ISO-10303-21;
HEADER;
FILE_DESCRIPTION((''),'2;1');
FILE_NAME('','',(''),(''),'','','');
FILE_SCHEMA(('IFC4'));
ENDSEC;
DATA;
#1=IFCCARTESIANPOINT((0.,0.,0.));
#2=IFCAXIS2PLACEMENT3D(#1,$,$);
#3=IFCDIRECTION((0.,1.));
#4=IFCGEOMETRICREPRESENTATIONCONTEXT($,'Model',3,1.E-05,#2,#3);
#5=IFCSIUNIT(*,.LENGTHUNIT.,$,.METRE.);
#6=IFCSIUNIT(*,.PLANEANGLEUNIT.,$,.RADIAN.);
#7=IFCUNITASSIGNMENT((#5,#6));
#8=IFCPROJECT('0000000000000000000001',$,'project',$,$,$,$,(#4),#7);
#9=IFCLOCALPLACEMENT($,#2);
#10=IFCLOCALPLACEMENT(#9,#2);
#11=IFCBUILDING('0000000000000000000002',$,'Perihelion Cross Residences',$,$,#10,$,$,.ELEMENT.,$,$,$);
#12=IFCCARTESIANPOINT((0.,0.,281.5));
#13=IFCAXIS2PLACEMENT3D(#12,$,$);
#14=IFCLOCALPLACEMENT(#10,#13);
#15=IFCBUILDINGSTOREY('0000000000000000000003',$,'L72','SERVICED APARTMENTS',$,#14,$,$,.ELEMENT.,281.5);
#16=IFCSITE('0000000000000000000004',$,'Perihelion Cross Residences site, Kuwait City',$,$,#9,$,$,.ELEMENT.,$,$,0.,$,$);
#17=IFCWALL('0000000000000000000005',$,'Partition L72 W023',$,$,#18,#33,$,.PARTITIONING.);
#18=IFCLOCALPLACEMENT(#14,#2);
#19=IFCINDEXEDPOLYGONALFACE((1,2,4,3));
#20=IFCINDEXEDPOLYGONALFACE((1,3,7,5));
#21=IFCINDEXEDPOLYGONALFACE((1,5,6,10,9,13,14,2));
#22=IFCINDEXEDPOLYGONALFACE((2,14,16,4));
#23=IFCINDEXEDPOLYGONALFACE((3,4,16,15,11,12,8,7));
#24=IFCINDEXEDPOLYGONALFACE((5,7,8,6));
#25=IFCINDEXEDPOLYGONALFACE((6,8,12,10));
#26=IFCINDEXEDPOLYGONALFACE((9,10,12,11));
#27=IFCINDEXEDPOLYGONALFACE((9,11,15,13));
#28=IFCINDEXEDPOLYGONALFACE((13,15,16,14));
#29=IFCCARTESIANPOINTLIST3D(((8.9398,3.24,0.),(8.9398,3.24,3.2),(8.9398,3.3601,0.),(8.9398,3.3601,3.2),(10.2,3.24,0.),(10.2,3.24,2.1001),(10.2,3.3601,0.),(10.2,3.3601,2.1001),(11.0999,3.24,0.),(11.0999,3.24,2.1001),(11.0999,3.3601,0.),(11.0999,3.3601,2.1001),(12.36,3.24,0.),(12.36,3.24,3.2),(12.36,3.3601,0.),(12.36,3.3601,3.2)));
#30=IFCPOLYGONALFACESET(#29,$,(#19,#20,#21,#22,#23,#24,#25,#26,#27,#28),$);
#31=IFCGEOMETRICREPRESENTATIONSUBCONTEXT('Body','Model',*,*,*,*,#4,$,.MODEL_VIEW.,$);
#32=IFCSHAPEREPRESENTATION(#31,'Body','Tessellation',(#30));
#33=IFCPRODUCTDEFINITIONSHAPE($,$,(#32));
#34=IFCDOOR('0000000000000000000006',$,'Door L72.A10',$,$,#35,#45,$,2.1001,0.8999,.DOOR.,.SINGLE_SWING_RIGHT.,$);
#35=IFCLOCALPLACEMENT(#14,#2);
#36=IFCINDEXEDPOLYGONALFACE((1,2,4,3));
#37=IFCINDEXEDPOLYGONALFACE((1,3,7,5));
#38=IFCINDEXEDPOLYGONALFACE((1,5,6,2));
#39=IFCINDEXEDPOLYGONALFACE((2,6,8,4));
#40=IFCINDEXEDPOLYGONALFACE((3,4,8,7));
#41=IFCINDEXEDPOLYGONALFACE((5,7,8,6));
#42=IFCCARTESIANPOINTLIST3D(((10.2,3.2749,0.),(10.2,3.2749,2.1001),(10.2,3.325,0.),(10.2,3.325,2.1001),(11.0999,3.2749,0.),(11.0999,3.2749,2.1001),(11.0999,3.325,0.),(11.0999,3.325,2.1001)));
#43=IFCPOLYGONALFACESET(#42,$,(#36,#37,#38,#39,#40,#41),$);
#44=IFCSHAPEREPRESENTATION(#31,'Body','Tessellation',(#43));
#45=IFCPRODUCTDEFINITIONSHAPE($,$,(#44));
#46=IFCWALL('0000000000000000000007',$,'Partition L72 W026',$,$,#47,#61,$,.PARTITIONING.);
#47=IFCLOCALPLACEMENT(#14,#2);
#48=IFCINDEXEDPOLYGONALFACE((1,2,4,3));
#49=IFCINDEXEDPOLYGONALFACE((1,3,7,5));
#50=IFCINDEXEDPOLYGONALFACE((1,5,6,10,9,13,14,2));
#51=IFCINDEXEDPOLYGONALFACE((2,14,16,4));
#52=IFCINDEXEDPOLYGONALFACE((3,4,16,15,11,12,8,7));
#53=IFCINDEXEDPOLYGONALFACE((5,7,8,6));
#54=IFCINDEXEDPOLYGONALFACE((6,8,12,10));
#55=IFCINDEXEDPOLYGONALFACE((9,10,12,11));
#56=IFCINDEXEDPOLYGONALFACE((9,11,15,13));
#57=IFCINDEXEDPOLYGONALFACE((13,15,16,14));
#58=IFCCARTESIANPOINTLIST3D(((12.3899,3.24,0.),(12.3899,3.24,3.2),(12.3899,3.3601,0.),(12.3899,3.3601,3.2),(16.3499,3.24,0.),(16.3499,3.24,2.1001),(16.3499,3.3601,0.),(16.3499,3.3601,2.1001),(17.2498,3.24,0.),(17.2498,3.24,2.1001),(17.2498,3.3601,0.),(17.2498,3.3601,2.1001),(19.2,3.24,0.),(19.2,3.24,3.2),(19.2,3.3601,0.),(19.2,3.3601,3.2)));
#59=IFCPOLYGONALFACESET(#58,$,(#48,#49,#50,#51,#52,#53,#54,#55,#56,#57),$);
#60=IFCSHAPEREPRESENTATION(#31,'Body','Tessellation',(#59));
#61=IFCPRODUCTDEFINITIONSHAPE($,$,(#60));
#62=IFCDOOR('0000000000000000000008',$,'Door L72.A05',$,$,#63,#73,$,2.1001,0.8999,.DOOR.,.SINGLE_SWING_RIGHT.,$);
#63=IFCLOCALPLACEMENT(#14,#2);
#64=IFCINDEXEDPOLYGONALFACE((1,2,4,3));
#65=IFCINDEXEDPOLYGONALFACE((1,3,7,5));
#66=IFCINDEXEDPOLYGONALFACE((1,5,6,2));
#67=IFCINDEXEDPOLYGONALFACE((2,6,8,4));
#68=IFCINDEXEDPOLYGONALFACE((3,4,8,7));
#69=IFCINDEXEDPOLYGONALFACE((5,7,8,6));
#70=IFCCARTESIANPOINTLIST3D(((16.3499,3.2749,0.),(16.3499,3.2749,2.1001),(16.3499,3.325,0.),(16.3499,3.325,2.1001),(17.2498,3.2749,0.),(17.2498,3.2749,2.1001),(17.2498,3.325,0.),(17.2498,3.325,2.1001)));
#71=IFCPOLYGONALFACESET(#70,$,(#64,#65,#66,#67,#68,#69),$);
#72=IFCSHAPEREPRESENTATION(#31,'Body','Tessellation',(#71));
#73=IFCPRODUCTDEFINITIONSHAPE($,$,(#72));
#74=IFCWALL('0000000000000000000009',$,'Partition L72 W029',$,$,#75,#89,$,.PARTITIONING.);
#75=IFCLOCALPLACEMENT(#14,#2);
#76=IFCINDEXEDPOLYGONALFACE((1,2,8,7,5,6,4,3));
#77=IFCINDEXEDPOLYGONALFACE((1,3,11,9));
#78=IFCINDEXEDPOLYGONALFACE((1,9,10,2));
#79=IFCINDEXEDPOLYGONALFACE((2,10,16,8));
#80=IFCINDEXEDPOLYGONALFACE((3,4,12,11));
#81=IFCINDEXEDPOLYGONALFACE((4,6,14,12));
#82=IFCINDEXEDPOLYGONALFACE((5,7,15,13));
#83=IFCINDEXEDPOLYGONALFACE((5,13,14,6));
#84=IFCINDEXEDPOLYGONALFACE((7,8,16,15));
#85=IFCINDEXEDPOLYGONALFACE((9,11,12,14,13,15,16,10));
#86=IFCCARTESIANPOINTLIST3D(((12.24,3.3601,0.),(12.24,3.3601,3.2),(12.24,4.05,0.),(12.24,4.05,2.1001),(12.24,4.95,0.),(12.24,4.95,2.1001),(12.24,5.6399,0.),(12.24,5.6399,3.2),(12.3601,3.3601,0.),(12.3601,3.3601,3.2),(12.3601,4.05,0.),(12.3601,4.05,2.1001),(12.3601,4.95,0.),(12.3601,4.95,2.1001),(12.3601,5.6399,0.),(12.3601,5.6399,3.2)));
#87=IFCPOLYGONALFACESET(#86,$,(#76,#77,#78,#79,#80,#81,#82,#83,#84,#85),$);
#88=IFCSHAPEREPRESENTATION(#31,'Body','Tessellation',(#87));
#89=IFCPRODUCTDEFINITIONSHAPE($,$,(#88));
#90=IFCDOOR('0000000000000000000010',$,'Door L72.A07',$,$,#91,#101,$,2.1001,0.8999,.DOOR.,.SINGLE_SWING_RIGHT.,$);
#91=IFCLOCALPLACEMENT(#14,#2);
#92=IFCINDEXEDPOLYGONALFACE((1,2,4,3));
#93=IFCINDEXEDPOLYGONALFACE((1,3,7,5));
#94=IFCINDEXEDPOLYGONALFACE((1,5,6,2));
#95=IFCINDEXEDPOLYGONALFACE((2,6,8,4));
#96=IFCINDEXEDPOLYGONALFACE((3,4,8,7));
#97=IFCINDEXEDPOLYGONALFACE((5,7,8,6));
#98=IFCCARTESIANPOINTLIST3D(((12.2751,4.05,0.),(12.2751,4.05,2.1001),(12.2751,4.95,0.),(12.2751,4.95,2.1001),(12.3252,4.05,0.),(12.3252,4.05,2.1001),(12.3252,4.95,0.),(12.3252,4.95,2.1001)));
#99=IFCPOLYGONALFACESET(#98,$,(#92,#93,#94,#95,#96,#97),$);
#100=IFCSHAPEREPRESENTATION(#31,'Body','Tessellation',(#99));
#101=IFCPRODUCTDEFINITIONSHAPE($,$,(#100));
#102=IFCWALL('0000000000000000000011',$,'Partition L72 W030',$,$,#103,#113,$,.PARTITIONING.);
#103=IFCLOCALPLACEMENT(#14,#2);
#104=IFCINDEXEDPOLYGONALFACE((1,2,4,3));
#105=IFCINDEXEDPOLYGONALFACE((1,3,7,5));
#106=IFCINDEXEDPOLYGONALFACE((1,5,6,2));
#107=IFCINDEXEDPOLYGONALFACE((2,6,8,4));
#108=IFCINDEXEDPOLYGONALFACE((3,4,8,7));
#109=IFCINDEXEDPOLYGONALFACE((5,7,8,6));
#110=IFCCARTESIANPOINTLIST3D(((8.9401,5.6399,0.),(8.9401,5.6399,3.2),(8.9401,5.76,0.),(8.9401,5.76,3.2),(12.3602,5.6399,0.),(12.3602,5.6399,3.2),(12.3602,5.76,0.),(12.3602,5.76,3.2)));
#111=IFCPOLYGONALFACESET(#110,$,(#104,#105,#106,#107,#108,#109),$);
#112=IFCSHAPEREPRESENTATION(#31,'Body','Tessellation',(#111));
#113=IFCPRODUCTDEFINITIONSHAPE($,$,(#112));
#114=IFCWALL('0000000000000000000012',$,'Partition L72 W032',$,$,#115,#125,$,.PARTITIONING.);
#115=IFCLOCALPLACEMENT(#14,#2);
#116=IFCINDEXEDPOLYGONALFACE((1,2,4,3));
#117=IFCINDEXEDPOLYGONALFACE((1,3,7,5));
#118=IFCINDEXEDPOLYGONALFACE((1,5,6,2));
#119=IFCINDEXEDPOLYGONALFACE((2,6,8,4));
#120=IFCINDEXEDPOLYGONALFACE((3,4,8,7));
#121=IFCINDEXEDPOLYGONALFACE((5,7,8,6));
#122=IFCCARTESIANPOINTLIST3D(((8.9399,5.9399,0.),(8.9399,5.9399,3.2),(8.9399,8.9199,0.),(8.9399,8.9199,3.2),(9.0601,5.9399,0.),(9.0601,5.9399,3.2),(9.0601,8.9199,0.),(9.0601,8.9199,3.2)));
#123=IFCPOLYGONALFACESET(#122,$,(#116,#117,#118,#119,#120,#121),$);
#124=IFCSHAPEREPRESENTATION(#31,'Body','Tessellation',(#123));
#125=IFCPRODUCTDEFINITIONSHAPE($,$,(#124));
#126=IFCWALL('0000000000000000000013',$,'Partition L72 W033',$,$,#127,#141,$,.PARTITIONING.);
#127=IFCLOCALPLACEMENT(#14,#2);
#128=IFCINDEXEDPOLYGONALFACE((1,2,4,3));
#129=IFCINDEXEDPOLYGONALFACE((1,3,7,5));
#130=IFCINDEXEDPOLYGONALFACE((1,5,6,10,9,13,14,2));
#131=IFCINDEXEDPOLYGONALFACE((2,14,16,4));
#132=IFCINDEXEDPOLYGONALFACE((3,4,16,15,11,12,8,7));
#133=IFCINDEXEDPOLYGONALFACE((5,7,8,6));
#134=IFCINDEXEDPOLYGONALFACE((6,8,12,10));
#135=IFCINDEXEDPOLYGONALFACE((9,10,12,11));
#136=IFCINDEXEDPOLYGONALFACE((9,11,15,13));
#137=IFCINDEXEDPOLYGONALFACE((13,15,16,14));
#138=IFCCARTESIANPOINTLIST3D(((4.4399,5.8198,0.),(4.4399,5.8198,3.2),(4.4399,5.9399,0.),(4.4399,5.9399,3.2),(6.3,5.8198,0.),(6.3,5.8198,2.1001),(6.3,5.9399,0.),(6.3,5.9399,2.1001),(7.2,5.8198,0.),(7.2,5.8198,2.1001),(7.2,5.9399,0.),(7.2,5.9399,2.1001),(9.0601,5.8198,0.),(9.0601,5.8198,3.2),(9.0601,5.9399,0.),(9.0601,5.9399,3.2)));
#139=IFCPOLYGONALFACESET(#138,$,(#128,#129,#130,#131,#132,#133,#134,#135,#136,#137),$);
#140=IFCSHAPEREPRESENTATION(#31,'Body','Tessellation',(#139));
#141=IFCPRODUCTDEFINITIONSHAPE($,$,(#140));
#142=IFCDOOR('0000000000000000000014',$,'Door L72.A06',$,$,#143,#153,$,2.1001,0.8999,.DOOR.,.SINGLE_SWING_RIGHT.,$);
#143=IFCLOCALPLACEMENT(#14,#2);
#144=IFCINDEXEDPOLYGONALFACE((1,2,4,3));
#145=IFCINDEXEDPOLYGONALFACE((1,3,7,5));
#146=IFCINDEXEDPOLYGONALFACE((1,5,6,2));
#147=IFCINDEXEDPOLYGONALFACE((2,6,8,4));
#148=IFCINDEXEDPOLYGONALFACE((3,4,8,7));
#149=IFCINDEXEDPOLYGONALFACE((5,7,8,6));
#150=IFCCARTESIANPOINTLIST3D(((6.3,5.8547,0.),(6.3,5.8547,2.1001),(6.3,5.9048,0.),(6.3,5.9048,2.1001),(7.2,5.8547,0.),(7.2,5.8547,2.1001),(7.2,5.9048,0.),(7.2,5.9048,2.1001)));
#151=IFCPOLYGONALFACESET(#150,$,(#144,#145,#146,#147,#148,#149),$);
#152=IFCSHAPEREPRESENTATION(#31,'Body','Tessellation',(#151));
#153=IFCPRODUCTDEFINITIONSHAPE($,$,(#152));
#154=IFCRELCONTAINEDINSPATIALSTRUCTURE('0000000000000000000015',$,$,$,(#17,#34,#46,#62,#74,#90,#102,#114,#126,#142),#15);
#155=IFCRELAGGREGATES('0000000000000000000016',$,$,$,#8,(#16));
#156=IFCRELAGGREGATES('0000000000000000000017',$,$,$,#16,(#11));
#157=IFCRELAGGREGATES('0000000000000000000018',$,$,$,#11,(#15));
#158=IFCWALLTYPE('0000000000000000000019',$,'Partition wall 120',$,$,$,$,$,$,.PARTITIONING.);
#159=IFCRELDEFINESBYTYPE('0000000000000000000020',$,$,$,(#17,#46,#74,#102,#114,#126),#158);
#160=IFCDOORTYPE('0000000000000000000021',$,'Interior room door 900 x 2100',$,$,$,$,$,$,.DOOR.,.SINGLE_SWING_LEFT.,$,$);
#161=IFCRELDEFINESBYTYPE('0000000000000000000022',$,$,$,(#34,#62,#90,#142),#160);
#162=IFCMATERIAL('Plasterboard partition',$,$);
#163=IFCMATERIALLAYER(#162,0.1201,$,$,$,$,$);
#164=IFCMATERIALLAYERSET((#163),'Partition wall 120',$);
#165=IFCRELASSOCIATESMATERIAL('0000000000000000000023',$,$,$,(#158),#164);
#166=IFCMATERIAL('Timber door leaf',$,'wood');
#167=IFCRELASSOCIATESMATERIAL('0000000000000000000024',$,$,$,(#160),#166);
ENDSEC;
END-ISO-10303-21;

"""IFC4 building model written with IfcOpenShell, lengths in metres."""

from ifc_helpers import new_model, si_unit, direction, frame, frame_2d, origin, place, context, subcontext, project, spatial, rectangle, extrude, material, layer, layer_set, type_object, element, fill, save


model = new_model("IFC4")

# Units and contexts
model_context = context("Model", 3, precision=1e-05, world=origin(), true_north=direction((0.0, 1.0)))
body_context = subcontext(model_context, "Body", "Model", "MODEL_VIEW")
ifc_project = project(units=[si_unit("LENGTHUNIT", "METRE"), si_unit("PLANEANGLEUNIT", "RADIAN")], contexts=[model_context])

# Site, building, storey
site_placement = place(None, origin())
site = spatial("IfcSite", under=ifc_project, at=site_placement, Name="Perihelion Cross Residences site, Kuwait City", CompositionType="ELEMENT", RefElevation=0.0)
building_placement = place(site_placement, origin())
building = spatial("IfcBuilding", under=site, at=building_placement, Name="Perihelion Cross Residences", CompositionType="ELEMENT")
storey_placement = place(building_placement, frame((0.0, 0.0, 281.5)))
storey = spatial("IfcBuildingStorey", under=building, at=storey_placement, Name="L72", Description="SERVICED APARTMENTS", CompositionType="ELEMENT", Elevation=281.5)

# Walls, openings, doors
ifc_material_1 = material(Name="Plasterboard partition")
ifc_layer_1 = layer(ifc_material_1, 0.1201)
ifc_layer_set_1 = layer_set([ifc_layer_1], Name="Partition wall 120")
wall_type_1 = type_object("IfcWallType", Name="Partition wall 120", PredefinedType="PARTITIONING", material=ifc_layer_set_1)
ifc_material_2 = material(Name="Timber door leaf", Category="wood")
door_type_1 = type_object("IfcDoorType", Name="Interior room door 900 x 2100", OperationType="SINGLE_SWING_LEFT", PredefinedType="DOOR", material=ifc_material_2)
wall_1_placement = place(storey_placement, frame((8.9399, 3.3, 0.0), z_axis=(0.0, 0.0, 1.0), x_axis=(1.0, 0.0, 0.0)))
wall_1 = element("IfcWall", 1, at=wall_1_placement, inside=storey, type_object=wall_type_1, Name="Partition L72 W023", PredefinedType="PARTITIONING", context=body_context, shape_type="SweptSolid", body=[
    extrude(rectangle(XDim=3.4202, YDim=0.1201, at=frame_2d((1.71, 0.0))), origin(), (0.0, 0.0, 1.0), 3.2),
])
opening_1_placement = place(wall_1_placement, frame((1.26, 0.0, 0.0)))
opening_1 = element("IfcOpeningElement", 2, at=opening_1_placement, cuts=wall_1, PredefinedType="OPENING", context=body_context, shape_type="SweptSolid", body=[
    extrude(rectangle(XDim=0.8999, YDim=2.1001, at=frame_2d((0.45, 1.05))), frame((0.0, 0.0701, 0.0), z_axis=(0.0, -1.0, 0.0), x_axis=(1.0, 0.0, 0.0)), (0.0, 0.0, 1.0), 0.1401),
])
door_1_placement = place(opening_1_placement, origin())
door_1 = element("IfcDoor", 3, at=door_1_placement, inside=storey, type_object=door_type_1, Name="Door L72.A10", OperationType="SINGLE_SWING_RIGHT", OverallHeight=2.1001, OverallWidth=0.8999, PredefinedType="DOOR", context=body_context, shape_type="SweptSolid", body=[
    extrude(rectangle(XDim=0.8999, YDim=2.1001, at=frame_2d((0.45, 1.05))), frame((0.0, 0.0249, 0.0), z_axis=(0.0, -1.0, 0.0), x_axis=(1.0, 0.0, 0.0)), (0.0, 0.0, 1.0), 0.05),
])
fill(opening_1, door_1)
wall_2_placement = place(storey_placement, frame((12.3899, 3.3, 0.0), z_axis=(0.0, 0.0, 1.0), x_axis=(1.0, 0.0, 0.0)))
wall_2 = element("IfcWall", 4, at=wall_2_placement, inside=storey, type_object=wall_type_1, Name="Partition L72 W026", PredefinedType="PARTITIONING", context=body_context, shape_type="SweptSolid", body=[
    extrude(rectangle(XDim=6.8101, YDim=0.1201, at=frame_2d((3.405, 0.0))), origin(), (0.0, 0.0, 1.0), 3.2),
])
opening_2_placement = place(wall_2_placement, frame((3.96, 0.0, 0.0)))
opening_2 = element("IfcOpeningElement", 5, at=opening_2_placement, cuts=wall_2, PredefinedType="OPENING", context=body_context, shape_type="SweptSolid", body=[
    extrude(rectangle(XDim=0.8999, YDim=2.1001, at=frame_2d((0.45, 1.05))), frame((0.0, 0.0701, 0.0), z_axis=(0.0, -1.0, 0.0), x_axis=(1.0, 0.0, 0.0)), (0.0, 0.0, 1.0), 0.1401),
])
door_2_placement = place(opening_2_placement, origin())
door_2 = element("IfcDoor", 6, at=door_2_placement, inside=storey, type_object=door_type_1, Name="Door L72.A05", OperationType="SINGLE_SWING_RIGHT", OverallHeight=2.1001, OverallWidth=0.8999, PredefinedType="DOOR", context=body_context, shape_type="SweptSolid", body=[
    extrude(rectangle(XDim=0.8999, YDim=2.1001, at=frame_2d((0.45, 1.05))), frame((0.0, 0.0249, 0.0), z_axis=(0.0, -1.0, 0.0), x_axis=(1.0, 0.0, 0.0)), (0.0, 0.0, 1.0), 0.05),
])
fill(opening_2, door_2)
wall_3_placement = place(storey_placement, frame((12.3, 3.3601, 0.0), z_axis=(0.0, 0.0, 1.0), x_axis=(0.0, 1.0, 0.0)))
wall_3 = element("IfcWall", 7, at=wall_3_placement, inside=storey, type_object=wall_type_1, Name="Partition L72 W029", PredefinedType="PARTITIONING", context=body_context, shape_type="SweptSolid", body=[
    extrude(rectangle(XDim=2.2798, YDim=0.1201, at=frame_2d((1.1399, 0.0))), origin(), (0.0, 0.0, 1.0), 3.2),
])
opening_3_placement = place(wall_3_placement, frame((0.6899, 0.0, 0.0)))
opening_3 = element("IfcOpeningElement", 8, at=opening_3_placement, cuts=wall_3, PredefinedType="OPENING", context=body_context, shape_type="SweptSolid", body=[
    extrude(rectangle(XDim=0.8999, YDim=2.1001, at=frame_2d((0.45, 1.05))), frame((0.0, 0.0701, 0.0), z_axis=(0.0, -1.0, 0.0), x_axis=(1.0, 0.0, 0.0)), (0.0, 0.0, 1.0), 0.1401),
])
door_3_placement = place(opening_3_placement, origin())
door_3 = element("IfcDoor", 9, at=door_3_placement, inside=storey, type_object=door_type_1, Name="Door L72.A07", OperationType="SINGLE_SWING_RIGHT", OverallHeight=2.1001, OverallWidth=0.8999, PredefinedType="DOOR", context=body_context, shape_type="SweptSolid", body=[
    extrude(rectangle(XDim=0.8999, YDim=2.1001, at=frame_2d((0.45, 1.05))), frame((0.0, 0.0249, 0.0), z_axis=(0.0, -1.0, 0.0), x_axis=(1.0, 0.0, 0.0)), (0.0, 0.0, 1.0), 0.05),
])
fill(opening_3, door_3)

# Walls
wall_4_placement = place(storey_placement, frame((12.3601, 5.7, 0.0), z_axis=(0.0, 0.0, 1.0), x_axis=(-1.0, 0.0, 0.0)))
element("IfcWall", 10, at=wall_4_placement, inside=storey, type_object=wall_type_1, Name="Partition L72 W030", PredefinedType="PARTITIONING", context=body_context, shape_type="SweptSolid", body=[
    extrude(rectangle(XDim=3.4202, YDim=0.1201, at=frame_2d((1.71, 0.0))), origin(), (0.0, 0.0, 1.0), 3.2),
])
wall_5_placement = place(storey_placement, frame((9.0, 5.9399, 0.0), z_axis=(0.0, 0.0, 1.0), x_axis=(0.0, 1.0, 0.0)))
element("IfcWall", 11, at=wall_5_placement, inside=storey, type_object=wall_type_1, Name="Partition L72 W032", PredefinedType="PARTITIONING", context=body_context, shape_type="SweptSolid", body=[
    extrude(rectangle(XDim=2.98, YDim=0.1201, at=frame_2d((1.49, 0.0))), origin(), (0.0, 0.0, 1.0), 3.2),
])

# Wall, opening, door
wall_6_placement = place(storey_placement, frame((4.4399, 5.8799, 0.0), z_axis=(0.0, 0.0, 1.0), x_axis=(1.0, 0.0, 0.0)))
wall_6 = element("IfcWall", 12, at=wall_6_placement, inside=storey, type_object=wall_type_1, Name="Partition L72 W033", PredefinedType="PARTITIONING", context=body_context, shape_type="SweptSolid", body=[
    extrude(rectangle(XDim=4.6201, YDim=0.1201, at=frame_2d((2.3101, 0.0))), origin(), (0.0, 0.0, 1.0), 3.2),
])
opening_4_placement = place(wall_6_placement, frame((1.8601, 0.0, 0.0)))
opening_4 = element("IfcOpeningElement", 13, at=opening_4_placement, cuts=wall_6, PredefinedType="OPENING", context=body_context, shape_type="SweptSolid", body=[
    extrude(rectangle(XDim=0.8999, YDim=2.1001, at=frame_2d((0.45, 1.05))), frame((0.0, 0.0701, 0.0), z_axis=(0.0, -1.0, 0.0), x_axis=(1.0, 0.0, 0.0)), (0.0, 0.0, 1.0), 0.1401),
])
door_4_placement = place(opening_4_placement, origin())
door_4 = element("IfcDoor", 14, at=door_4_placement, inside=storey, type_object=door_type_1, Name="Door L72.A06", OperationType="SINGLE_SWING_RIGHT", OverallHeight=2.1001, OverallWidth=0.8999, PredefinedType="DOOR", context=body_context, shape_type="SweptSolid", body=[
    extrude(rectangle(XDim=0.8999, YDim=2.1001, at=frame_2d((0.45, 1.05))), frame((0.0, 0.0249, 0.0), z_axis=(0.0, -1.0, 0.0), x_axis=(1.0, 0.0, 0.0)), (0.0, 0.0, 1.0), 0.05),
])
fill(opening_4, door_4)

save(model, "model.ifc")
